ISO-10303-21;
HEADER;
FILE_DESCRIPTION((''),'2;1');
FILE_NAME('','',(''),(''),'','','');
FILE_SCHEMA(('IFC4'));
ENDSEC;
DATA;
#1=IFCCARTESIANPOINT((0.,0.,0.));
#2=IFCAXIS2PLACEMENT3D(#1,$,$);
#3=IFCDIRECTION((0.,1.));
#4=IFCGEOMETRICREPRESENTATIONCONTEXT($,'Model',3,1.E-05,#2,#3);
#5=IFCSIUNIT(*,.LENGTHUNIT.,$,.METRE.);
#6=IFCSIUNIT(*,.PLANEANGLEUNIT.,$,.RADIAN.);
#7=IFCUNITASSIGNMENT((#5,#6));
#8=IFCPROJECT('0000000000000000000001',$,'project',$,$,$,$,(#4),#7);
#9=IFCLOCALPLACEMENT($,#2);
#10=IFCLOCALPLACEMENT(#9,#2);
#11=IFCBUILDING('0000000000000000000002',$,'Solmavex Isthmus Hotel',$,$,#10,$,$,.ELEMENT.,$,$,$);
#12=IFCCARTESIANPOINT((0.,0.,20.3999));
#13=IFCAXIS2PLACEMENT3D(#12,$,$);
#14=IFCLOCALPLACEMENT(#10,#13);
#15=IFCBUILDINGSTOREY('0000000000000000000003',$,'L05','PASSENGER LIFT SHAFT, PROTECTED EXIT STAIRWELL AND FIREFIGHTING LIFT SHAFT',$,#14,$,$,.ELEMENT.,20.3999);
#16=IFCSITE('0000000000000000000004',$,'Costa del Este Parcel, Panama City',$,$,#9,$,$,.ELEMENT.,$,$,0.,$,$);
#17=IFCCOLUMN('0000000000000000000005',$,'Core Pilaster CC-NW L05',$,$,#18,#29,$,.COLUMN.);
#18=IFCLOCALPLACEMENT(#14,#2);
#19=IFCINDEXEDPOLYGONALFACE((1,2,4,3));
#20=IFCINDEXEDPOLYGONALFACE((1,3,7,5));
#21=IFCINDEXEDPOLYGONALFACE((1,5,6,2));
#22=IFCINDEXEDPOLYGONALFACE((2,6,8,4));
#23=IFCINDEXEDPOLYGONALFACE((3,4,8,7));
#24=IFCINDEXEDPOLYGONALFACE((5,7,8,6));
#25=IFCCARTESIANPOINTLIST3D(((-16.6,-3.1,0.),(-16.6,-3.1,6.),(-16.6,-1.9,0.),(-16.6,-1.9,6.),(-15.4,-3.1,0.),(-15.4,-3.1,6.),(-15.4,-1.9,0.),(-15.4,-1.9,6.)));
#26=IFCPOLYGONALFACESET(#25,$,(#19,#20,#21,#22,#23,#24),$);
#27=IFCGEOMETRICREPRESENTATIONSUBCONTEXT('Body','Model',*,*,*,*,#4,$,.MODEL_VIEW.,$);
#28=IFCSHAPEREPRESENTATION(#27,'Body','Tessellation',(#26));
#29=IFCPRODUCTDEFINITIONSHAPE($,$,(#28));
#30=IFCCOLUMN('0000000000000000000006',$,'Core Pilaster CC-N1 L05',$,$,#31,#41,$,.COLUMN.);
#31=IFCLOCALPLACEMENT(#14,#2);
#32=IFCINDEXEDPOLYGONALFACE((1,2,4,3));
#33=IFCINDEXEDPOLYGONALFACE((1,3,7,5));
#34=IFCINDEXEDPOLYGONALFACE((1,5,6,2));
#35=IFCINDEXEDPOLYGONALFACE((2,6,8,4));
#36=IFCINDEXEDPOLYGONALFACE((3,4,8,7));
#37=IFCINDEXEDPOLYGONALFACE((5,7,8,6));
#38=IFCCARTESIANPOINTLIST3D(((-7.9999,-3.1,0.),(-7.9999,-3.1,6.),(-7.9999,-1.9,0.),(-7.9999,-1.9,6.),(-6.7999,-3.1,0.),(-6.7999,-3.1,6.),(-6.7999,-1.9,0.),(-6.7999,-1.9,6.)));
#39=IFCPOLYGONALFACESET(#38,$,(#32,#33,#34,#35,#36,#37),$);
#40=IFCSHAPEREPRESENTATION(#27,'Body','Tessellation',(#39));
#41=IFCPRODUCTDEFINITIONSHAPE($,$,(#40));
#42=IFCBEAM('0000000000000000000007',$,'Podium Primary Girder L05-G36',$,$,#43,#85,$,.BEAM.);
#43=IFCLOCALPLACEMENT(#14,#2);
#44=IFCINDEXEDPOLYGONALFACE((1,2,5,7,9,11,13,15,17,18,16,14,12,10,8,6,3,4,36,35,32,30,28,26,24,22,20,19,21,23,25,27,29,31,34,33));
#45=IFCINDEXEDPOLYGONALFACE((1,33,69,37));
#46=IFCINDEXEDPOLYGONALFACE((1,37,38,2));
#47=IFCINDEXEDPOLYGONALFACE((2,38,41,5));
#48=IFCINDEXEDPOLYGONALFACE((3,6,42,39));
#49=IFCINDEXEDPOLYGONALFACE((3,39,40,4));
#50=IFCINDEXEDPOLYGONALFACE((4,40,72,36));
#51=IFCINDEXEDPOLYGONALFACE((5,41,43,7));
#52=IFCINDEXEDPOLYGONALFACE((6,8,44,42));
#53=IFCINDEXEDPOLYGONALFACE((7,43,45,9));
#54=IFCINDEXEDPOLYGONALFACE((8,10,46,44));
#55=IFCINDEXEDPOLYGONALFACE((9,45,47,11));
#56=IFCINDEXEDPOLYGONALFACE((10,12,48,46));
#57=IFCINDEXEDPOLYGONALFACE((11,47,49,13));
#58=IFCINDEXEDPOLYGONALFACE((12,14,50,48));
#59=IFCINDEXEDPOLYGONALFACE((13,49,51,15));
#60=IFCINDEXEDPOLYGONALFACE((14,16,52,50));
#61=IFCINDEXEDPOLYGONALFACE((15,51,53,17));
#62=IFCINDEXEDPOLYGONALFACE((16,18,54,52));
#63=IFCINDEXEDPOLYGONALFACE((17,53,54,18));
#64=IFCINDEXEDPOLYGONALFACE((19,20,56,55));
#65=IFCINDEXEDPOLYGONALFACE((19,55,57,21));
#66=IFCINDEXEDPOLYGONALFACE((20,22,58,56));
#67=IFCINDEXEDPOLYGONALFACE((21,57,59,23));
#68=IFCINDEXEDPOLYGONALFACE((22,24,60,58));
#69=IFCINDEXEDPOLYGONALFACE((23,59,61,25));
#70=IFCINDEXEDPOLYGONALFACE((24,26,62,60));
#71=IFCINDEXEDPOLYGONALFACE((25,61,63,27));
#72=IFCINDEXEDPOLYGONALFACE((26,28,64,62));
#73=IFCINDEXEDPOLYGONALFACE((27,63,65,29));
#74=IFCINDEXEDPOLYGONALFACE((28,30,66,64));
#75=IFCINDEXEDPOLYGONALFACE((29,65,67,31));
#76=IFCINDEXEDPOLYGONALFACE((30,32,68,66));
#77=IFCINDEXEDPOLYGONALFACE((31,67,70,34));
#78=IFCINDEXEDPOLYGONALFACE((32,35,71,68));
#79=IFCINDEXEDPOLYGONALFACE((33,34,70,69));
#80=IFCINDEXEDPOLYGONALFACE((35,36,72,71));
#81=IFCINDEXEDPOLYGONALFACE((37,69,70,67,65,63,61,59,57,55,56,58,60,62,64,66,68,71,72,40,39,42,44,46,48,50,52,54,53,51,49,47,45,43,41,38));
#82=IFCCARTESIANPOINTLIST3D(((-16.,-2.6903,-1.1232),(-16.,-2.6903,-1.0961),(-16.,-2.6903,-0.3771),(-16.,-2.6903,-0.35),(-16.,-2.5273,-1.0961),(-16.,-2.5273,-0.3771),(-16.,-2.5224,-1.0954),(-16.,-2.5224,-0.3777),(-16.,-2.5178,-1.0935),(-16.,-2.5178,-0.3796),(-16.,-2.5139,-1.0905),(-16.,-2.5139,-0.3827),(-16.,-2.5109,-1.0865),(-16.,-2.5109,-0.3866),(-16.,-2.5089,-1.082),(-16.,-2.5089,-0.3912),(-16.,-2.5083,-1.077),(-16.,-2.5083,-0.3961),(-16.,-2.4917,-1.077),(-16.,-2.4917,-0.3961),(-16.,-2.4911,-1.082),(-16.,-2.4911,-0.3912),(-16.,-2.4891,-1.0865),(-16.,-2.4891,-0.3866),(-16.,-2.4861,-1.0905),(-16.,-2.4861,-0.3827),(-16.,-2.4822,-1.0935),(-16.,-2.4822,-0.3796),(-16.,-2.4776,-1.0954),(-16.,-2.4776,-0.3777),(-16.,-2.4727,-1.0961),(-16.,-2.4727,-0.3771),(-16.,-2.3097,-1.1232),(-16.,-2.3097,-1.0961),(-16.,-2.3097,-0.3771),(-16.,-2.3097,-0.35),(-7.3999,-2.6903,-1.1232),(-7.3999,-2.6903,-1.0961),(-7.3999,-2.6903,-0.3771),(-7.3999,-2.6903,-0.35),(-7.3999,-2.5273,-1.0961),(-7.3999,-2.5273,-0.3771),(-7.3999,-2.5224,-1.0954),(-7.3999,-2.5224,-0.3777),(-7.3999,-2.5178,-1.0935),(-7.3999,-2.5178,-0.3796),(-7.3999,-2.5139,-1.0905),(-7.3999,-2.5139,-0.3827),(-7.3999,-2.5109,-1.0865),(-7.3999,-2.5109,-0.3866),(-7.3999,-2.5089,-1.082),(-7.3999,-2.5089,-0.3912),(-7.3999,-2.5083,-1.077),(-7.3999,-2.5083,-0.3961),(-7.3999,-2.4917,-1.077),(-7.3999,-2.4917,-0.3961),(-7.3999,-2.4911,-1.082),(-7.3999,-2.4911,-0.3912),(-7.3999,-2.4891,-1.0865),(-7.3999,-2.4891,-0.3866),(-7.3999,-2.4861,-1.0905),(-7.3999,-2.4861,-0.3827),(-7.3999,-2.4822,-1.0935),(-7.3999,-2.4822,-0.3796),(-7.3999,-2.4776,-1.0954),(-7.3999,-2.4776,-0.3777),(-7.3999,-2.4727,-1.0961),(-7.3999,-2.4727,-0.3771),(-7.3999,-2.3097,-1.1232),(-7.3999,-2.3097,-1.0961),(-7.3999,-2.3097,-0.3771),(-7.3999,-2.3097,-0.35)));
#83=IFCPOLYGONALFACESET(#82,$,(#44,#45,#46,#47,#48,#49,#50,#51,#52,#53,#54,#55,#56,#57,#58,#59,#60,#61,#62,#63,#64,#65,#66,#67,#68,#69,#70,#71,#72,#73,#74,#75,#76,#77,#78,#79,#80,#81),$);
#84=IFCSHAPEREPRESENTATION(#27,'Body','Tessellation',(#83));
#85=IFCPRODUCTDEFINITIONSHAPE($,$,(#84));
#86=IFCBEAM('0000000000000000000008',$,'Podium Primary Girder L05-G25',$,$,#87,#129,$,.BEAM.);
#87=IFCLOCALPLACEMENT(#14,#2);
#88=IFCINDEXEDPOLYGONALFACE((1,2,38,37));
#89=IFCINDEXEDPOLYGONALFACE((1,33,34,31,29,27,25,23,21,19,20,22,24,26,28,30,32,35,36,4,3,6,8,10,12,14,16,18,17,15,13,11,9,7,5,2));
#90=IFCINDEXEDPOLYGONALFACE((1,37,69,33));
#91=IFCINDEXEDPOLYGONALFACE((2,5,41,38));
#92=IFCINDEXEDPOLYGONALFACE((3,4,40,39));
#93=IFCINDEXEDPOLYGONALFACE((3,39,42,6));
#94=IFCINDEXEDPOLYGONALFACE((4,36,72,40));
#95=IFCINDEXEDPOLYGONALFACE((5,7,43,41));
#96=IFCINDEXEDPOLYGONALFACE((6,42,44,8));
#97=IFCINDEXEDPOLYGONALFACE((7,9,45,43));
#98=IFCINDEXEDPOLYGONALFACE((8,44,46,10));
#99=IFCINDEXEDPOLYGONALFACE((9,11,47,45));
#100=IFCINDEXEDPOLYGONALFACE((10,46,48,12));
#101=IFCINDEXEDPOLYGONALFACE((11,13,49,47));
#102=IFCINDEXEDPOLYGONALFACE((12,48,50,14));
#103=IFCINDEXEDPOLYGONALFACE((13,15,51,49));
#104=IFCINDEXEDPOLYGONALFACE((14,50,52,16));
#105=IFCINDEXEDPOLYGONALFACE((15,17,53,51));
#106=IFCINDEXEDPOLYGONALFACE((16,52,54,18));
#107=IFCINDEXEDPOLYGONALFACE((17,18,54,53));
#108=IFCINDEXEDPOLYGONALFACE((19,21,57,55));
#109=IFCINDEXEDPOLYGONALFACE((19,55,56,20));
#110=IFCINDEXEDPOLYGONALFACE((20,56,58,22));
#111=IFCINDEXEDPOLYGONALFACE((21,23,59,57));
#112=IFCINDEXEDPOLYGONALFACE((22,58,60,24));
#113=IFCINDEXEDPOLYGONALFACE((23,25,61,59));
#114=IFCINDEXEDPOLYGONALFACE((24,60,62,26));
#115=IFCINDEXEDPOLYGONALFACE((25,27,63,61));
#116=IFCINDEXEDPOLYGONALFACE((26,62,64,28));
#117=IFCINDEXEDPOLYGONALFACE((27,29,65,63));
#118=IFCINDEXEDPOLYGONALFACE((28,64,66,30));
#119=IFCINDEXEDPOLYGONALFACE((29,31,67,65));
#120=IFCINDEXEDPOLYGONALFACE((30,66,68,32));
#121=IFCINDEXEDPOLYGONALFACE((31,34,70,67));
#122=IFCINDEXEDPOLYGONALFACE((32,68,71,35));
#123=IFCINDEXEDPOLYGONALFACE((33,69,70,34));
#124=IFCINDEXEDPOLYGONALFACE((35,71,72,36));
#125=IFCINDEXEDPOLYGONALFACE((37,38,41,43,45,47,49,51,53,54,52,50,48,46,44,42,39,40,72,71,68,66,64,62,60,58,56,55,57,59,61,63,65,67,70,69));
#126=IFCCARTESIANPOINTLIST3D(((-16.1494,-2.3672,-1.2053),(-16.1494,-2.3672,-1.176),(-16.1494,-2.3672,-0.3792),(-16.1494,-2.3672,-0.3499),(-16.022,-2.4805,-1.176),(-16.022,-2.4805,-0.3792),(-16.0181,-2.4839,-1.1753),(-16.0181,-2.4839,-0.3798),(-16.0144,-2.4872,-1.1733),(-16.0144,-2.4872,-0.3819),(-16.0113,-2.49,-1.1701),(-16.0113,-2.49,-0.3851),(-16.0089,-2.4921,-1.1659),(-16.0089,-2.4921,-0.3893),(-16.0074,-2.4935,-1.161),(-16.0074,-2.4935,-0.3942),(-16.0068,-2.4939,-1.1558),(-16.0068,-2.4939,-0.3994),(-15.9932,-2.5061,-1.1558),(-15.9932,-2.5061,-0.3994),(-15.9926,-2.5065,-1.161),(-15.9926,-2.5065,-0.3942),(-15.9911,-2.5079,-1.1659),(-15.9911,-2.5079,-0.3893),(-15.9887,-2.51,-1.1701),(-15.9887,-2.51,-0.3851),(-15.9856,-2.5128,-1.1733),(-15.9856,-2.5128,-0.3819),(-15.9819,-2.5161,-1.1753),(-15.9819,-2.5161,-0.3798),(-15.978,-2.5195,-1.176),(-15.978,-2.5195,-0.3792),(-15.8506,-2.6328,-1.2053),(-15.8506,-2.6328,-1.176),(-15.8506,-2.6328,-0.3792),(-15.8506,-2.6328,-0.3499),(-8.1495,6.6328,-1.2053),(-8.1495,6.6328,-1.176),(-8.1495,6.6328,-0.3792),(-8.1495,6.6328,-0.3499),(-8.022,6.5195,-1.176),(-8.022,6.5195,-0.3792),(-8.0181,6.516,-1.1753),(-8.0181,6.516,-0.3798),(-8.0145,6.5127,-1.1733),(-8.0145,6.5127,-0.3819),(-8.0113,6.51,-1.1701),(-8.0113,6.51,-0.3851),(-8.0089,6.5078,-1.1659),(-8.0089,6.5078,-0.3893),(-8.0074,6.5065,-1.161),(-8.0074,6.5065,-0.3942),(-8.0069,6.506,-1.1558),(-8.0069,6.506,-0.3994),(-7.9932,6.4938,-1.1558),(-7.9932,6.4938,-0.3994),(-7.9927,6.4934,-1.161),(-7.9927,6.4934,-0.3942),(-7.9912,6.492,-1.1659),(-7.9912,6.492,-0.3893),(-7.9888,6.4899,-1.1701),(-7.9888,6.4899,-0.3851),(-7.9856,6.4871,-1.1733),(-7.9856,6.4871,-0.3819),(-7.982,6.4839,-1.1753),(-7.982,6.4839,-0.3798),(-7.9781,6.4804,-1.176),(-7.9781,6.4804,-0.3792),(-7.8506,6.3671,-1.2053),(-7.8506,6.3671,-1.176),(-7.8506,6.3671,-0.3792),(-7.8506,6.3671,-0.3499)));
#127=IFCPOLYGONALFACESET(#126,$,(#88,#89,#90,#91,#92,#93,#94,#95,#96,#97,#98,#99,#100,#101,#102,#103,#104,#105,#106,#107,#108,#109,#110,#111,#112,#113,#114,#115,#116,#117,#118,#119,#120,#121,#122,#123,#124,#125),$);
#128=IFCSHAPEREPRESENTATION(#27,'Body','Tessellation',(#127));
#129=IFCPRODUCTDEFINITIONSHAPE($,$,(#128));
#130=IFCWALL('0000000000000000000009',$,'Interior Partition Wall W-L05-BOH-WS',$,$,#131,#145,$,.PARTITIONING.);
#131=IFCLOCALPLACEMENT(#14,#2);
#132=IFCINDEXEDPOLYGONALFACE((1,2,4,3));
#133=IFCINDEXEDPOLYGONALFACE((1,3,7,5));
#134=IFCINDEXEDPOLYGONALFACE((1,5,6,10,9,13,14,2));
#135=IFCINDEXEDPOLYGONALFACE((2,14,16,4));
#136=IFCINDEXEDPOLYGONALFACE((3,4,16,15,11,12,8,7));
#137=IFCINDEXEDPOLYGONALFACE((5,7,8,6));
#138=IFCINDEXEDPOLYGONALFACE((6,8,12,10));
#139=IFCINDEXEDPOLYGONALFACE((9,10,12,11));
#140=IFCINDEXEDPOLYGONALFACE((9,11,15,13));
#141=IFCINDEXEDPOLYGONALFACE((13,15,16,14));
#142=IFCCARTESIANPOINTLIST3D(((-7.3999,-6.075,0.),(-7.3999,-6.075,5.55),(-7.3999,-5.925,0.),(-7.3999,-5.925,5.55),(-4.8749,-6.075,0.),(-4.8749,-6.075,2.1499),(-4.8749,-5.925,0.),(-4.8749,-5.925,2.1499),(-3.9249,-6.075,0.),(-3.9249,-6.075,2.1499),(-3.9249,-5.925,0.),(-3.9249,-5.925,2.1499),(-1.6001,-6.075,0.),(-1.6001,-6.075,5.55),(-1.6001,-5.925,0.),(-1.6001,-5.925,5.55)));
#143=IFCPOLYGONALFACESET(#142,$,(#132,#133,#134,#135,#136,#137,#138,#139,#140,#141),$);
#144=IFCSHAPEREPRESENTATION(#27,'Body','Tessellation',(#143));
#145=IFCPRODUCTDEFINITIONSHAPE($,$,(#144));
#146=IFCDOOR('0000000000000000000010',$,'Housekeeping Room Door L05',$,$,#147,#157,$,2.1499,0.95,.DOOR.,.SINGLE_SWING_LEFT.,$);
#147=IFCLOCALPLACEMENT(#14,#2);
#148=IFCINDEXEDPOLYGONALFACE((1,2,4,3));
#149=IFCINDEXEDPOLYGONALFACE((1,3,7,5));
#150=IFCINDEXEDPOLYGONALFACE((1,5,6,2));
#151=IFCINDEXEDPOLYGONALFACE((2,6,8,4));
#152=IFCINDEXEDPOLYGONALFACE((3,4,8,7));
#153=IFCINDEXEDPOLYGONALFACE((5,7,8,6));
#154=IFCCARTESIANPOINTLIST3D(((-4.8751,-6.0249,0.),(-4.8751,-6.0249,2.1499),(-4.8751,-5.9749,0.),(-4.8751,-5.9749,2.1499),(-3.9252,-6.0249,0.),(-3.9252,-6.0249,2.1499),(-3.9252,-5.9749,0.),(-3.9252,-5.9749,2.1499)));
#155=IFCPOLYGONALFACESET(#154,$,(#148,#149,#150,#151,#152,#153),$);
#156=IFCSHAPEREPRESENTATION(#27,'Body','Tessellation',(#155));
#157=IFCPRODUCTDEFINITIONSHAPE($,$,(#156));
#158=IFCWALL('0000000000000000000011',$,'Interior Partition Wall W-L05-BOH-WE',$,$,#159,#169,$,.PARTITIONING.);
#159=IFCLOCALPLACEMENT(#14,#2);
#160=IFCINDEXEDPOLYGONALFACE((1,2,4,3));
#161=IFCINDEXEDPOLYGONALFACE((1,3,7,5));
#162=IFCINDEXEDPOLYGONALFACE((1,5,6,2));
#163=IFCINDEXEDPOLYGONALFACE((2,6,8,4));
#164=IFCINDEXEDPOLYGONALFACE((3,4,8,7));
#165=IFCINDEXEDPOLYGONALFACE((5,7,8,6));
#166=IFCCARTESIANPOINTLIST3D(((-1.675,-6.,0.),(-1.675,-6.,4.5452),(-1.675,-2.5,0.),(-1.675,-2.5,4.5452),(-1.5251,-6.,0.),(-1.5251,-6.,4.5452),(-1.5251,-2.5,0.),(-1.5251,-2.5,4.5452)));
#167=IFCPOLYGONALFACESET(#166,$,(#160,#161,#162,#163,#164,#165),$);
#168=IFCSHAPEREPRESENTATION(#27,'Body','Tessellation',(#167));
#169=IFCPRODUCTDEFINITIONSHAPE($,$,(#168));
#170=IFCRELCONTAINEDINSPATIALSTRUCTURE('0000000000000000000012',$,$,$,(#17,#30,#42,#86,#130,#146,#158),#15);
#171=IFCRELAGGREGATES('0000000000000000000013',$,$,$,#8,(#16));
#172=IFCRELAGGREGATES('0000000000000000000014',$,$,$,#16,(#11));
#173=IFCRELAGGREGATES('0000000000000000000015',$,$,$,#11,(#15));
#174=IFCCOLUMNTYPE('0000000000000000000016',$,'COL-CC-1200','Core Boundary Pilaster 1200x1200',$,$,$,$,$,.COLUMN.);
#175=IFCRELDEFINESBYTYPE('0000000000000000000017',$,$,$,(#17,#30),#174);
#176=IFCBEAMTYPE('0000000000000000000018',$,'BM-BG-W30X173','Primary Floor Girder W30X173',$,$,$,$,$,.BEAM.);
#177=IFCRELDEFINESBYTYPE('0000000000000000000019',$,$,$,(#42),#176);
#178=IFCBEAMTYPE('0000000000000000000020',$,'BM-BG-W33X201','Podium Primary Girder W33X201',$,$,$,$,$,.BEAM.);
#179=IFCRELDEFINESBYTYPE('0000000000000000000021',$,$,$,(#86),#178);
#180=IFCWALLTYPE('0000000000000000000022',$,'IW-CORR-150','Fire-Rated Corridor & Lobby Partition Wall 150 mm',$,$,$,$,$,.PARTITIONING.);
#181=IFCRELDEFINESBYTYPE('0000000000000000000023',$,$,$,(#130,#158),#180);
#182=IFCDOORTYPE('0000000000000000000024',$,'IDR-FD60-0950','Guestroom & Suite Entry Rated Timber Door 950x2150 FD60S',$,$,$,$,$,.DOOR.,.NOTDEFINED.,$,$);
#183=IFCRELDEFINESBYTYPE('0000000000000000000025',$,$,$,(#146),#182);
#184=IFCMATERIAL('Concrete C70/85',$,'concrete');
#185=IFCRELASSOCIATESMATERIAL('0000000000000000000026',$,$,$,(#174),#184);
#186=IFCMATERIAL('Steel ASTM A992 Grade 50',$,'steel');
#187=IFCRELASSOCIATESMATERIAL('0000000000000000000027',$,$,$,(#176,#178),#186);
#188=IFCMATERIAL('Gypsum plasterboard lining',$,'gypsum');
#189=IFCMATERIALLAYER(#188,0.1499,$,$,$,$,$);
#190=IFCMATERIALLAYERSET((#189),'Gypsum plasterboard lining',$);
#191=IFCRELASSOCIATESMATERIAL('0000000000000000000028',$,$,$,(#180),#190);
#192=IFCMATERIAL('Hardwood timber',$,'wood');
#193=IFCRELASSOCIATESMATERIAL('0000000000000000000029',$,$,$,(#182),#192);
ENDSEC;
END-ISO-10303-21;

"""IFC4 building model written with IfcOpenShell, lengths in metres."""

from ifc_helpers import new_model, si_unit, direction, frame, frame_2d, origin, origin_2d, place, context, subcontext, project, spatial, rectangle, i_section, extrude, material, layer, layer_set, material_profile, profile_set, type_object, element, fill, save


model = new_model("IFC4")

# Units and contexts
model_context = context("Model", 3, precision=1e-05, world=origin(), true_north=direction((0.0, 1.0)))
body_context = subcontext(model_context, "Body", "Model", "MODEL_VIEW")
ifc_project = project(units=[si_unit("LENGTHUNIT", "METRE"), si_unit("PLANEANGLEUNIT", "RADIAN")], contexts=[model_context])

# Site, building, storey
site_placement = place(None, origin())
site = spatial("IfcSite", under=ifc_project, at=site_placement, Name="Costa del Este Parcel, Panama City", CompositionType="ELEMENT", RefElevation=0.0)
building_placement = place(site_placement, origin())
building = spatial("IfcBuilding", under=site, at=building_placement, Name="Solmavex Isthmus Hotel", CompositionType="ELEMENT")
storey_placement = place(building_placement, frame((0.0, 0.0, 20.3999)))
storey = spatial("IfcBuildingStorey", under=building, at=storey_placement, Name="L05", Description="PASSENGER LIFT SHAFT, PROTECTED EXIT STAIRWELL AND FIREFIGHTING LIFT SHAFT", CompositionType="ELEMENT", Elevation=20.3999)

# Columns
ifc_material_1 = material(Name="Concrete C70/85", Category="concrete")
ifc_material_profile_1 = material_profile(ifc_material_1, rectangle(XDim=1.2, YDim=1.2, at=origin_2d()), Name="RC1200X1200")
ifc_profile_set_1 = profile_set([ifc_material_profile_1], Name="Concrete C70/85")
column_type = type_object("IfcColumnType", Name="COL-CC-1200", Description="Core Boundary Pilaster 1200x1200", PredefinedType="COLUMN", material=ifc_profile_set_1)
for number, where, z_axis, x_axis, name in (
    (1, (-16.0, -2.5, 0.0), (0.0, 0.0, 1.0), (1.0, 0.0, 0.0), "Core Pilaster CC-NW L05"),
    (2, (-7.3999, -2.5, 0.0), (0.0, 0.0, 1.0), (1.0, 0.0, 0.0), "Core Pilaster CC-N1 L05"),
):
    element("IfcColumn", number, at=place(storey_placement, frame(where, z_axis=z_axis, x_axis=x_axis)), inside=storey, type_object=column_type, Name=name, PredefinedType="COLUMN", context=body_context, shape_type="SweptSolid", body=[
        extrude(rectangle(XDim=1.2, YDim=1.2, at=origin_2d()), origin(), (0.0, 0.0, 1.0), 6.0),
    ])

# Beams
ifc_material_2 = material(Name="Steel ASTM A992 Grade 50", Category="steel")
ifc_material_profile_2 = material_profile(ifc_material_2, i_section(OverallWidth=0.3806, OverallDepth=0.7732, WebThickness=0.0166, FlangeThickness=0.0271, FilletRadius=0.019, at=origin_2d()), Name="W30X173")
ifc_profile_set_2 = profile_set([ifc_material_profile_2], Name="Steel ASTM A992 Grade 50")
beam_type_1 = type_object("IfcBeamType", Name="BM-BG-W30X173", Description="Primary Floor Girder W30X173", PredefinedType="BEAM", material=ifc_profile_set_2)
beam_1_placement = place(storey_placement, frame((-16.0, -2.5, -0.7366), z_axis=(1.0, 0.0, 0.0), x_axis=(0.0, 1.0, 0.0)))
element("IfcBeam", 3, at=beam_1_placement, inside=storey, type_object=beam_type_1, Name="Podium Primary Girder L05-G36", PredefinedType="BEAM", context=body_context, shape_type="SweptSolid", body=[
    extrude(i_section(OverallWidth=0.3806, OverallDepth=0.7732, WebThickness=0.0166, FlangeThickness=0.0271, FilletRadius=0.019, at=origin_2d()), origin(), (0.0, 0.0, 1.0), 8.6001),
])
ifc_material_profile_3 = material_profile(ifc_material_2, i_section(OverallWidth=0.3999, OverallDepth=0.8555, WebThickness=0.0183, FlangeThickness=0.0293, FilletRadius=0.0203, at=origin_2d()), Name="W33X201")
ifc_profile_set_3 = profile_set([ifc_material_profile_3], Name="Steel ASTM A992 Grade 50")
beam_type_2 = type_object("IfcBeamType", Name="BM-BG-W33X201", Description="Podium Primary Girder W33X201", PredefinedType="BEAM", material=ifc_profile_set_3)
beam_2_placement = place(storey_placement, frame((-16.0, -2.5, -0.7776), z_axis=(0.664364, 0.747409, 0.0), x_axis=(-0.747409, 0.664364, 0.0)))
element("IfcBeam", 4, at=beam_2_placement, inside=storey, type_object=beam_type_2, Name="Podium Primary Girder L05-G25", PredefinedType="BEAM", context=body_context, shape_type="SweptSolid", body=[
    extrude(i_section(OverallWidth=0.3999, OverallDepth=0.8555, WebThickness=0.0183, FlangeThickness=0.0293, FilletRadius=0.0203, at=origin_2d()), origin(), (0.0, 0.0, 1.0), 12.0415),
])

# Wall, opening, door
ifc_material_3 = material(Name="Gypsum plasterboard lining", Category="gypsum")
ifc_layer_1 = layer(ifc_material_3, 0.1499)
ifc_layer_set_1 = layer_set([ifc_layer_1], Name="Gypsum plasterboard lining")
wall_type_1 = type_object("IfcWallType", Name="IW-CORR-150", Description="Fire-Rated Corridor & Lobby Partition Wall 150 mm", PredefinedType="PARTITIONING", material=ifc_layer_set_1)
wall_1_placement = place(storey_placement, frame((-7.3999, -6.0, 0.0), z_axis=(0.0, 0.0, 1.0), x_axis=(1.0, 0.0, 0.0)))
wall_1 = element("IfcWall", 5, at=wall_1_placement, inside=storey, type_object=wall_type_1, Name="Interior Partition Wall W-L05-BOH-WS", PredefinedType="PARTITIONING", context=body_context, shape_type="SweptSolid", body=[
    extrude(rectangle(XDim=5.7998, YDim=0.1499, at=frame_2d((2.8999, 0.0))), origin(), (0.0, 0.0, 1.0), 5.55),
])
opening_1_placement = place(wall_1_placement, frame((2.5249, 0.0, 0.0)))
opening_1 = element("IfcOpeningElement", 6, at=opening_1_placement, cuts=wall_1, PredefinedType="OPENING", context=body_context, shape_type="SweptSolid", body=[
    extrude(rectangle(XDim=0.95, YDim=2.1499, at=frame_2d((0.4751, 1.075))), frame((0.0, 0.085, 0.0), z_axis=(0.0, -1.0, 0.0), x_axis=(1.0, 0.0, 0.0)), (0.0, 0.0, 1.0), 0.1699),
])
ifc_material_4 = material(Name="Hardwood timber", Category="wood")
door_type_1 = type_object("IfcDoorType", Name="IDR-FD60-0950", Description="Guestroom & Suite Entry Rated Timber Door 950x2150 FD60S", OperationType="NOTDEFINED", PredefinedType="DOOR", material=ifc_material_4)
door_1_placement = place(opening_1_placement, frame((0.95, 0.0, 0.0), z_axis=(0.0, 0.0, 1.0), x_axis=(-1.0, 0.0, 0.0)))
door_1 = element("IfcDoor", 7, at=door_1_placement, inside=storey, type_object=door_type_1, Name="Housekeeping Room Door L05", OperationType="SINGLE_SWING_LEFT", OverallHeight=2.1499, OverallWidth=0.95, PredefinedType="DOOR", context=body_context, shape_type="SweptSolid", body=[
    extrude(rectangle(XDim=0.95, YDim=2.1499, at=frame_2d((0.4751, 1.075))), frame((0.0, 0.0249, 0.0), z_axis=(0.0, -1.0, 0.0), x_axis=(1.0, 0.0, 0.0)), (0.0, 0.0, 1.0), 0.05),
])
fill(opening_1, door_1)

# Wall
wall_2_placement = place(storey_placement, frame((-1.6001, -6.0, 0.0), z_axis=(0.0, 0.0, 1.0), x_axis=(0.0, 1.0, 0.0)))
element("IfcWall", 8, at=wall_2_placement, inside=storey, type_object=wall_type_1, Name="Interior Partition Wall W-L05-BOH-WE", PredefinedType="PARTITIONING", context=body_context, shape_type="SweptSolid", body=[
    extrude(rectangle(XDim=3.5, YDim=0.1499, at=frame_2d((1.75, 0.0))), origin(), (0.0, 0.0, 1.0), 4.5452),
])

save(model, "model.ifc")
